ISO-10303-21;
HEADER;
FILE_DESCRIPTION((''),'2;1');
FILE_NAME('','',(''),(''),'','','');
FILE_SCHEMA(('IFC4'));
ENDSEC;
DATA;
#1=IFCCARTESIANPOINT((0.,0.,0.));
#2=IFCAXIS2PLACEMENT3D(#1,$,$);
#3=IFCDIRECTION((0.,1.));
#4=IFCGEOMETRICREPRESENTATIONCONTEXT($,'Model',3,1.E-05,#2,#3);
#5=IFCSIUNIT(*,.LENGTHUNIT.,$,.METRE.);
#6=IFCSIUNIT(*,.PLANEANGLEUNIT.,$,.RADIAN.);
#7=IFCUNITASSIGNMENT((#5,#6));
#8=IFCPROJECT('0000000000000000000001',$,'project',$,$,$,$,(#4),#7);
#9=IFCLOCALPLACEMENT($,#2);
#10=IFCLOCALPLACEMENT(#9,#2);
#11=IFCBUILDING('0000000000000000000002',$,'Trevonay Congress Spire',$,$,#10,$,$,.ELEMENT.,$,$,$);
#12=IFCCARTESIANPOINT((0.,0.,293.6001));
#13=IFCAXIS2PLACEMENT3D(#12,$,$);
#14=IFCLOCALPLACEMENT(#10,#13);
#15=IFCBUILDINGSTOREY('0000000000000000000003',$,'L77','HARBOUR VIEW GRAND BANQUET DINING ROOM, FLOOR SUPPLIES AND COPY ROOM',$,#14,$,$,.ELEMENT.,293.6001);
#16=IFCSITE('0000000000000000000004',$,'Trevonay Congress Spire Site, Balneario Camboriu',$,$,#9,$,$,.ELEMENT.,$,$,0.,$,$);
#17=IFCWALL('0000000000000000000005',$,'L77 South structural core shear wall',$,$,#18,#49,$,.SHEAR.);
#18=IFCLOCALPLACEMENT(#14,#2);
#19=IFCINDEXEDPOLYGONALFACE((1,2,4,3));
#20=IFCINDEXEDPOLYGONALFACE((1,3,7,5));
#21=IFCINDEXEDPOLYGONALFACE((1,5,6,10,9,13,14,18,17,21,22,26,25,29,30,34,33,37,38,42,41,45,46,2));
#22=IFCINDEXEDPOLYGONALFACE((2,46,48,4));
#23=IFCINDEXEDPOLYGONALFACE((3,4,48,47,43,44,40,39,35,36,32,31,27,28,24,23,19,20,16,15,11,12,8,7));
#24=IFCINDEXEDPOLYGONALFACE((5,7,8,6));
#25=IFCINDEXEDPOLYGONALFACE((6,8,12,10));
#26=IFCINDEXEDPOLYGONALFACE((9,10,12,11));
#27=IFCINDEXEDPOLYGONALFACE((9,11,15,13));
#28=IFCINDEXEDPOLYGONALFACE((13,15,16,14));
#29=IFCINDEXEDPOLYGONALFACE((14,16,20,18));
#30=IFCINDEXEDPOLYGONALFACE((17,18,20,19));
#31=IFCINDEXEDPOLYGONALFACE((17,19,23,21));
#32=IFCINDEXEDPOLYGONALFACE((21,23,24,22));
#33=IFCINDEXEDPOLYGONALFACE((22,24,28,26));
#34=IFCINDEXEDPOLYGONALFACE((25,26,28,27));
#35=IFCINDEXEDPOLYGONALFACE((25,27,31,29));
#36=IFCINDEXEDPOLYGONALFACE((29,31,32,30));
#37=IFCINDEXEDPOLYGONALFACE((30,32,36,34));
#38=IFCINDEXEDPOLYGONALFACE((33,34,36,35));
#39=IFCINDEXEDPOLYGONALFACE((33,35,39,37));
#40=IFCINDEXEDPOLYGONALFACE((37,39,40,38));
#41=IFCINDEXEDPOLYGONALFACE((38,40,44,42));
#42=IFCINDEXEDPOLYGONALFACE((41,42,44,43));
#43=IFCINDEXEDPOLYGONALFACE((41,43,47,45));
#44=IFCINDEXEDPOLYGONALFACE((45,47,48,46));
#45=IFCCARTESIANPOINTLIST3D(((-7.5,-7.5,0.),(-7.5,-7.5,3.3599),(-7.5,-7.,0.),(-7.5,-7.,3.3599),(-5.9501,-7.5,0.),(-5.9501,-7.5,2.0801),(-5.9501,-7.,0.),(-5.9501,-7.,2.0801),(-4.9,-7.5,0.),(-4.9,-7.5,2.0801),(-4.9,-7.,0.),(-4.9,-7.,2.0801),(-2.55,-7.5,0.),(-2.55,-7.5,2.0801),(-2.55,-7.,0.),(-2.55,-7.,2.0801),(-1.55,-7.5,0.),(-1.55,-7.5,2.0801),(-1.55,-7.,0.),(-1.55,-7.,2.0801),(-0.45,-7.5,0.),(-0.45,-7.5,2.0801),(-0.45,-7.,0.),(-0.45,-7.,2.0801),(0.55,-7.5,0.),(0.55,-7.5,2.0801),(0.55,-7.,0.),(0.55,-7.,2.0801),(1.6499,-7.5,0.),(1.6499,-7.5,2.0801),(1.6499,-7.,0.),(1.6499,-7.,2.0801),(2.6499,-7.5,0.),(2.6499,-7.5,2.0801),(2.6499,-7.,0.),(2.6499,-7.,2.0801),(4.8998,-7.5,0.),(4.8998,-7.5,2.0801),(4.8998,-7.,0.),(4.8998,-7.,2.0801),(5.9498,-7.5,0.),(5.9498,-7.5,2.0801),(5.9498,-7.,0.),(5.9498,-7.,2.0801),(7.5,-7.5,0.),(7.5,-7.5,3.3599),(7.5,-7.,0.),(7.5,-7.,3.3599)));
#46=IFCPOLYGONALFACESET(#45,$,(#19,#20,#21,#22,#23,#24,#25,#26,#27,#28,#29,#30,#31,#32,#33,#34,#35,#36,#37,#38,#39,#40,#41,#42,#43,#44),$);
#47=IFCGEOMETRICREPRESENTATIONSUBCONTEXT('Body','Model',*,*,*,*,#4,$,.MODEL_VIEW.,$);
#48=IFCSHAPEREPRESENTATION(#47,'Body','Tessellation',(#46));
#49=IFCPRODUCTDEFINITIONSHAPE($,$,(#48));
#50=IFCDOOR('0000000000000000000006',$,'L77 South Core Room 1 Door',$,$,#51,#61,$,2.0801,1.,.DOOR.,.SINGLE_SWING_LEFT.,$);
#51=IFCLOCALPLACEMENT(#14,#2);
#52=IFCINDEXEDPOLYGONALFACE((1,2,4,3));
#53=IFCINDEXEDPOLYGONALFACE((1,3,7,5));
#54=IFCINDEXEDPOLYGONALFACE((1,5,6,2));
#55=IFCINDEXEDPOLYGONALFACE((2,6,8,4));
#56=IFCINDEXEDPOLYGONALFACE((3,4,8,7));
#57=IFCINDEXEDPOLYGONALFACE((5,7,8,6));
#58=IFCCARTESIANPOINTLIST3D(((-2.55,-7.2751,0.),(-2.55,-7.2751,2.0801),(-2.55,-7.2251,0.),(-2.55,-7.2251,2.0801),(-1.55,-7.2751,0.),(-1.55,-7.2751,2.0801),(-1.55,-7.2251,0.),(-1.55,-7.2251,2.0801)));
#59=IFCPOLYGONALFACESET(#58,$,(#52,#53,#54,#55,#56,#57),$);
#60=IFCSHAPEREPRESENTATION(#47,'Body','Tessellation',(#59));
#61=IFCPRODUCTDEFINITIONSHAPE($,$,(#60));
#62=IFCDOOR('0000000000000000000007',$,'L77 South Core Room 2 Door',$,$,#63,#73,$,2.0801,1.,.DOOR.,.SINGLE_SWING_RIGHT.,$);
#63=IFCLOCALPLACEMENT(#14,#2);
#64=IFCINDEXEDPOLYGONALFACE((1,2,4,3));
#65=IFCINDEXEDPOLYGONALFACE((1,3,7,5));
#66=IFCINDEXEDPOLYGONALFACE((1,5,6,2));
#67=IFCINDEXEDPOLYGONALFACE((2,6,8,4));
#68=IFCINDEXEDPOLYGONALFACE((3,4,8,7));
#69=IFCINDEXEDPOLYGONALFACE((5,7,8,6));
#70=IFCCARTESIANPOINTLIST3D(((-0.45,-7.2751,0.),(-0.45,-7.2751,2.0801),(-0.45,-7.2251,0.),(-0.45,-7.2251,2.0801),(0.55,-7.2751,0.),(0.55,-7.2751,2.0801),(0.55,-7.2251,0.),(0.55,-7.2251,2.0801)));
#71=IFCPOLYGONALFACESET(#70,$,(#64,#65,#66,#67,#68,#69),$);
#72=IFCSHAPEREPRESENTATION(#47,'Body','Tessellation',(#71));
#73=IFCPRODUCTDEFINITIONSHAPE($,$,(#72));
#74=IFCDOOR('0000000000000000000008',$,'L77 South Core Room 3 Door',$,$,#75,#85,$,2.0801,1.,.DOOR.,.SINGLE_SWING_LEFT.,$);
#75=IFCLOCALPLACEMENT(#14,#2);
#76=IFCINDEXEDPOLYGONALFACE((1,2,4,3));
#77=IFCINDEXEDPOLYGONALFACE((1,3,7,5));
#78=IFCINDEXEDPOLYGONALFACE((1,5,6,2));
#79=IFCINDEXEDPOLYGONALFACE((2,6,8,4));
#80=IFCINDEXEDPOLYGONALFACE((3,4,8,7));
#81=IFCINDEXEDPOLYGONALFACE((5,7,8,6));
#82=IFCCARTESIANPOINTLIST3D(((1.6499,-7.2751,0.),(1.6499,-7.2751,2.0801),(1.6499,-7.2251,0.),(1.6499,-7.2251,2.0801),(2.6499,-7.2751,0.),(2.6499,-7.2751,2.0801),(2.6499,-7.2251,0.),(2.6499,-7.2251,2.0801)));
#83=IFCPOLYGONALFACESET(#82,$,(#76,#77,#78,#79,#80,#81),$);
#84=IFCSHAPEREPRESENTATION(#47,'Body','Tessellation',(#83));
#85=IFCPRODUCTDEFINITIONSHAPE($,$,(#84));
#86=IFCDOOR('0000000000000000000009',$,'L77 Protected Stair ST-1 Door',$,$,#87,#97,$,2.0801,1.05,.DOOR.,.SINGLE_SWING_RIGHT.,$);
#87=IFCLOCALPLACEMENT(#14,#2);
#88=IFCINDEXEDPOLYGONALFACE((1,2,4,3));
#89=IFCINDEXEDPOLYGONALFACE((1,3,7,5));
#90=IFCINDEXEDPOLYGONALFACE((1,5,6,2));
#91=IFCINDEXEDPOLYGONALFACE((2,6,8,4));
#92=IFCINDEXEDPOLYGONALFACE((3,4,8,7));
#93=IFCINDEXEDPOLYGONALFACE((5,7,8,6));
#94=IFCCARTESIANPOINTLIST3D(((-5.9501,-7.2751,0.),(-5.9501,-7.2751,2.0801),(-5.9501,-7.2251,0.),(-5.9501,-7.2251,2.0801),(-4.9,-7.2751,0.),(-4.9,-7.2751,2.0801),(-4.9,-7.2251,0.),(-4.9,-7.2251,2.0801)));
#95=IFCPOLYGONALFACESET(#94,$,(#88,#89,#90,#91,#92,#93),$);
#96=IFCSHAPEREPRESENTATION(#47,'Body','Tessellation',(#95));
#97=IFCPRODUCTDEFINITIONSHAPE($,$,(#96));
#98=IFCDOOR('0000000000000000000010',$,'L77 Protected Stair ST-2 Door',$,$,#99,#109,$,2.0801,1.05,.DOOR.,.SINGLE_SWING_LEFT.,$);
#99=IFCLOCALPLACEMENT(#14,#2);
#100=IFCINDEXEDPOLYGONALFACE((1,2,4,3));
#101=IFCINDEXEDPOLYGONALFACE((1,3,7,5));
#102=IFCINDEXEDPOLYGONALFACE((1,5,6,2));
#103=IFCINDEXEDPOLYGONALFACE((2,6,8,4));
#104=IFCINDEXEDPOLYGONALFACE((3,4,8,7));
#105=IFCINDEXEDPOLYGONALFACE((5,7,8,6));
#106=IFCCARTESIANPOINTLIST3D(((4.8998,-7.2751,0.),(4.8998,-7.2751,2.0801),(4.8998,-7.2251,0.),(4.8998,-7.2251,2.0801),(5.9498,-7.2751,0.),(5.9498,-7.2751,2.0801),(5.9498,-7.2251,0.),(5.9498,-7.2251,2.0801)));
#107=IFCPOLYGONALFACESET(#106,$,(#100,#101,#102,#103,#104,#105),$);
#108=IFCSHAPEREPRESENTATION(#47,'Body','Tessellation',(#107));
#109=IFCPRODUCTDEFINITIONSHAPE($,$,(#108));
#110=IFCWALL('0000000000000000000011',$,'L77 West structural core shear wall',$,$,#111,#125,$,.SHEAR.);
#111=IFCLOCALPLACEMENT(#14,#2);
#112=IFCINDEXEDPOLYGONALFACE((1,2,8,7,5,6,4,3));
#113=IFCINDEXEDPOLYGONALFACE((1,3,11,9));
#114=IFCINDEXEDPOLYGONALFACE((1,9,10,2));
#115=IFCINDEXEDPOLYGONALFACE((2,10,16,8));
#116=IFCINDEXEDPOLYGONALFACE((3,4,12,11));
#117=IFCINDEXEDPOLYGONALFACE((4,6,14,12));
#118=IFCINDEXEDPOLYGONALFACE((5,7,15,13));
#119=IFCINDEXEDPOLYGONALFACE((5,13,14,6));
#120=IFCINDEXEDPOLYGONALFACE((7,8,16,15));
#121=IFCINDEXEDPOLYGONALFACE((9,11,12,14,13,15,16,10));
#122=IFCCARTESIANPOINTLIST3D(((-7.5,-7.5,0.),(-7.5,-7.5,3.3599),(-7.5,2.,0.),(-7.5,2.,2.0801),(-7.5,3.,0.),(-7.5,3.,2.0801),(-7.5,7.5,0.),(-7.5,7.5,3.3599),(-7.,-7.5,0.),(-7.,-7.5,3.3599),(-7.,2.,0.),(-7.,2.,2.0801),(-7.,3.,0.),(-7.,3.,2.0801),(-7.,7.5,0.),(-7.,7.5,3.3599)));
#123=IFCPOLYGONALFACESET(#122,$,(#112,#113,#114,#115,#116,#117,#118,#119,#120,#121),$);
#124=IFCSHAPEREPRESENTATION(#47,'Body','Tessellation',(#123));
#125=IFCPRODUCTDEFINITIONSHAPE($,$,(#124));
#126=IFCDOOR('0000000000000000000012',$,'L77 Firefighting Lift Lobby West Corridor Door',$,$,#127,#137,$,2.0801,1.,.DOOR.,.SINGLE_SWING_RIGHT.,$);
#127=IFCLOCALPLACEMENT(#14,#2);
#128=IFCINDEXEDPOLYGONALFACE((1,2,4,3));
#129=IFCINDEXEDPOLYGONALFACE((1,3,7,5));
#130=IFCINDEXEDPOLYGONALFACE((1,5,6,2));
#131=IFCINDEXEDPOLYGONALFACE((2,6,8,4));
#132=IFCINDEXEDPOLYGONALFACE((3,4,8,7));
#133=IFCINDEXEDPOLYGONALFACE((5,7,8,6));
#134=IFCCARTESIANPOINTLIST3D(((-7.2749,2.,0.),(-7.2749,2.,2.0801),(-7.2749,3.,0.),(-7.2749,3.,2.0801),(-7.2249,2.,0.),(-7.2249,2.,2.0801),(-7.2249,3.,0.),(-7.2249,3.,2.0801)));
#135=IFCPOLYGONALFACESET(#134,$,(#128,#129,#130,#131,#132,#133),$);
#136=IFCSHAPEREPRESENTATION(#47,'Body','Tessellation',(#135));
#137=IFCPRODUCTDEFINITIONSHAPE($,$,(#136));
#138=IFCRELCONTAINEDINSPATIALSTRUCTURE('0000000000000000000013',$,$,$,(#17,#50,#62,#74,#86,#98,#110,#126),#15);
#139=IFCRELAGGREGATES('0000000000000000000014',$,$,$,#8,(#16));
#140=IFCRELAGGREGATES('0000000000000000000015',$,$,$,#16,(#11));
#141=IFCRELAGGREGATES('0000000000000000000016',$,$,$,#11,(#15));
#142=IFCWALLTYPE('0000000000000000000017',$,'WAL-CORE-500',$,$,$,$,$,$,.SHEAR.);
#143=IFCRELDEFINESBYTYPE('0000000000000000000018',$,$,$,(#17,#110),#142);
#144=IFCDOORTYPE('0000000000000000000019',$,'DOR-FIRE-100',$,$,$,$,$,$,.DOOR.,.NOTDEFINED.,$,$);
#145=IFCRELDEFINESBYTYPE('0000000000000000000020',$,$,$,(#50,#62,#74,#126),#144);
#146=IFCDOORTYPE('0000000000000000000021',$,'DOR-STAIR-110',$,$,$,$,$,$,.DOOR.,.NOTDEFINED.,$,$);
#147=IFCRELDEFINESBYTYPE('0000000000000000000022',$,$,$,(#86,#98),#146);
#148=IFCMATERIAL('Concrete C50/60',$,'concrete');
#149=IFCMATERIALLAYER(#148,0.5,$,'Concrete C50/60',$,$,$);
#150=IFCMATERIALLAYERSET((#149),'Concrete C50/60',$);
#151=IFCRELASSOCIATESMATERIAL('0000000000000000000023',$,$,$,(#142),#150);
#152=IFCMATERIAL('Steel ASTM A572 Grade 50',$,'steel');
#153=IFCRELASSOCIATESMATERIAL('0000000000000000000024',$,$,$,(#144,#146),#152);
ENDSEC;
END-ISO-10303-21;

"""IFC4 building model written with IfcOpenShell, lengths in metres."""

from ifc_helpers import new_model, si_unit, direction, frame, frame_2d, origin, place, context, subcontext, project, spatial, rectangle, extrude, material, layer, layer_set, type_object, element, fill, save


model = new_model("IFC4")

# Units and contexts
model_context = context("Model", 3, precision=1e-05, world=origin(), true_north=direction((0.0, 1.0)))
body_context = subcontext(model_context, "Body", "Model", "MODEL_VIEW")
ifc_project = project(units=[si_unit("LENGTHUNIT", "METRE"), si_unit("PLANEANGLEUNIT", "RADIAN")], contexts=[model_context])

# Site, building, storey
site_placement = place(None, origin())
site = spatial("IfcSite", under=ifc_project, at=site_placement, Name="Trevonay Congress Spire Site, Balneario Camboriu", CompositionType="ELEMENT", RefElevation=0.0)
building_placement = place(site_placement, origin())
building = spatial("IfcBuilding", under=site, at=building_placement, Name="Trevonay Congress Spire", CompositionType="ELEMENT")
storey_placement = place(building_placement, frame((0.0, 0.0, 293.6001)))
storey = spatial("IfcBuildingStorey", under=building, at=storey_placement, Name="L77", Description="HARBOUR VIEW GRAND BANQUET DINING ROOM, FLOOR SUPPLIES AND COPY ROOM", CompositionType="ELEMENT", Elevation=293.6001)

# Shared definitions
ifc_material_1 = material(Name="Steel ASTM A572 Grade 50", Category="steel")

# Wall, openings, doors
ifc_material_2 = material(Name="Concrete C50/60", Category="concrete")
ifc_layer_1 = layer(ifc_material_2, 0.5, Name="Concrete C50/60")
ifc_layer_set_1 = layer_set([ifc_layer_1], Name="Concrete C50/60")
wall_type_1 = type_object("IfcWallType", Name="WAL-CORE-500", PredefinedType="SHEAR", material=ifc_layer_set_1)
wall_1_placement = place(storey_placement, frame((-7.5, -7.25, 0.0), z_axis=(0.0, 0.0, 1.0), x_axis=(1.0, 0.0, 0.0)))
wall_1 = element("IfcWall", 1, at=wall_1_placement, inside=storey, type_object=wall_type_1, Name="L77 South structural core shear wall", PredefinedType="SHEAR", context=body_context, shape_type="SweptSolid", body=[
    extrude(rectangle(XDim=15.0, YDim=0.5, at=frame_2d((7.5, 0.0))), origin(), (0.0, 0.0, 1.0), 3.3599),
])
opening_1_placement = place(wall_1_placement, frame((1.55, 0.0, 0.0)))
opening_1 = element("IfcOpeningElement", 2, at=opening_1_placement, cuts=wall_1, PredefinedType="OPENING", context=body_context, shape_type="SweptSolid", body=[
    extrude(rectangle(XDim=1.05, YDim=2.0801, at=frame_2d((0.5249, 1.04))), frame((0.0, 0.26, 0.0), z_axis=(0.0, -1.0, 0.0), x_axis=(1.0, 0.0, 0.0)), (0.0, 0.0, 1.0), 0.52),
])
opening_2_placement = place(wall_1_placement, frame((12.3999, 0.0, 0.0)))
opening_2 = element("IfcOpeningElement", 3, at=opening_2_placement, cuts=wall_1, PredefinedType="OPENING", context=body_context, shape_type="SweptSolid", body=[
    extrude(rectangle(XDim=1.05, YDim=2.0801, at=frame_2d((0.5249, 1.04))), frame((0.0, 0.26, 0.0), z_axis=(0.0, -1.0, 0.0), x_axis=(1.0, 0.0, 0.0)), (0.0, 0.0, 1.0), 0.52),
])
opening_3_placement = place(wall_1_placement, frame((4.95, 0.0, 0.0)))
opening_3 = element("IfcOpeningElement", 4, at=opening_3_placement, cuts=wall_1, PredefinedType="OPENING", context=body_context, shape_type="SweptSolid", body=[
    extrude(rectangle(XDim=1.0, YDim=2.0801, at=frame_2d((0.5, 1.04))), frame((0.0, 0.26, 0.0), z_axis=(0.0, -1.0, 0.0), x_axis=(1.0, 0.0, 0.0)), (0.0, 0.0, 1.0), 0.52),
])
opening_4_placement = place(wall_1_placement, frame((7.05, 0.0, 0.0)))
opening_4 = element("IfcOpeningElement", 5, at=opening_4_placement, cuts=wall_1, PredefinedType="OPENING", context=body_context, shape_type="SweptSolid", body=[
    extrude(rectangle(XDim=1.0, YDim=2.0801, at=frame_2d((0.5, 1.04))), frame((0.0, 0.26, 0.0), z_axis=(0.0, -1.0, 0.0), x_axis=(1.0, 0.0, 0.0)), (0.0, 0.0, 1.0), 0.52),
])
opening_5_placement = place(wall_1_placement, frame((9.1499, 0.0, 0.0)))
opening_5 = element("IfcOpeningElement", 6, at=opening_5_placement, cuts=wall_1, PredefinedType="OPENING", context=body_context, shape_type="SweptSolid", body=[
    extrude(rectangle(XDim=1.0, YDim=2.0801, at=frame_2d((0.5, 1.04))), frame((0.0, 0.26, 0.0), z_axis=(0.0, -1.0, 0.0), x_axis=(1.0, 0.0, 0.0)), (0.0, 0.0, 1.0), 0.52),
])
door_type_1 = type_object("IfcDoorType", Name="DOR-FIRE-100", OperationType="NOTDEFINED", PredefinedType="DOOR", material=ifc_material_1)
door_1_placement = place(opening_3_placement, origin())
door_1 = element("IfcDoor", 7, at=door_1_placement, inside=storey, type_object=door_type_1, Name="L77 South Core Room 1 Door", OperationType="SINGLE_SWING_LEFT", OverallHeight=2.0801, OverallWidth=1.0, PredefinedType="DOOR", context=body_context, shape_type="SweptSolid", body=[
    extrude(rectangle(XDim=1.0, YDim=2.0801, at=frame_2d((0.5, 1.04))), frame((0.0, 0.0249, 0.0), z_axis=(0.0, -1.0, 0.0), x_axis=(1.0, 0.0, 0.0)), (0.0, 0.0, 1.0), 0.05),
])
fill(opening_3, door_1)
door_2_placement = place(opening_4_placement, origin())
door_2 = element("IfcDoor", 8, at=door_2_placement, inside=storey, type_object=door_type_1, Name="L77 South Core Room 2 Door", OperationType="SINGLE_SWING_RIGHT", OverallHeight=2.0801, OverallWidth=1.0, PredefinedType="DOOR", context=body_context, shape_type="SweptSolid", body=[
    extrude(rectangle(XDim=1.0, YDim=2.0801, at=frame_2d((0.5, 1.04))), frame((0.0, 0.0249, 0.0), z_axis=(0.0, -1.0, 0.0), x_axis=(1.0, 0.0, 0.0)), (0.0, 0.0, 1.0), 0.05),
])
fill(opening_4, door_2)
door_3_placement = place(opening_5_placement, origin())
door_3 = element("IfcDoor", 9, at=door_3_placement, inside=storey, type_object=door_type_1, Name="L77 South Core Room 3 Door", OperationType="SINGLE_SWING_LEFT", OverallHeight=2.0801, OverallWidth=1.0, PredefinedType="DOOR", context=body_context, shape_type="SweptSolid", body=[
    extrude(rectangle(XDim=1.0, YDim=2.0801, at=frame_2d((0.5, 1.04))), frame((0.0, 0.0249, 0.0), z_axis=(0.0, -1.0, 0.0), x_axis=(1.0, 0.0, 0.0)), (0.0, 0.0, 1.0), 0.05),
])
fill(opening_5, door_3)
door_type_2 = type_object("IfcDoorType", Name="DOR-STAIR-110", OperationType="NOTDEFINED", PredefinedType="DOOR", material=ifc_material_1)
door_4_placement = place(opening_1_placement, origin())
door_4 = element("IfcDoor", 10, at=door_4_placement, inside=storey, type_object=door_type_2, Name="L77 Protected Stair ST-1 Door", OperationType="SINGLE_SWING_RIGHT", OverallHeight=2.0801, OverallWidth=1.05, PredefinedType="DOOR", context=body_context, shape_type="SweptSolid", body=[
    extrude(rectangle(XDim=1.05, YDim=2.0801, at=frame_2d((0.5249, 1.04))), frame((0.0, 0.0249, 0.0), z_axis=(0.0, -1.0, 0.0), x_axis=(1.0, 0.0, 0.0)), (0.0, 0.0, 1.0), 0.05),
])
fill(opening_1, door_4)
door_5_placement = place(opening_2_placement, origin())
door_5 = element("IfcDoor", 11, at=door_5_placement, inside=storey, type_object=door_type_2, Name="L77 Protected Stair ST-2 Door", OperationType="SINGLE_SWING_LEFT", OverallHeight=2.0801, OverallWidth=1.05, PredefinedType="DOOR", context=body_context, shape_type="SweptSolid", body=[
    extrude(rectangle(XDim=1.05, YDim=2.0801, at=frame_2d((0.5249, 1.04))), frame((0.0, 0.0249, 0.0), z_axis=(0.0, -1.0, 0.0), x_axis=(1.0, 0.0, 0.0)), (0.0, 0.0, 1.0), 0.05),
])
fill(opening_2, door_5)

# Wall, opening, door
wall_2_placement = place(storey_placement, frame((-7.25, -7.5, 0.0), z_axis=(0.0, 0.0, 1.0), x_axis=(0.0, 1.0, 0.0)))
wall_2 = element("IfcWall", 12, at=wall_2_placement, inside=storey, type_object=wall_type_1, Name="L77 West structural core shear wall", PredefinedType="SHEAR", context=body_context, shape_type="SweptSolid", body=[
    extrude(rectangle(XDim=15.0, YDim=0.5, at=frame_2d((7.5, 0.0))), origin(), (0.0, 0.0, 1.0), 3.3599),
])
opening_6_placement = place(wall_2_placement, frame((9.5, 0.0, 0.0)))
opening_6 = element("IfcOpeningElement", 13, at=opening_6_placement, cuts=wall_2, PredefinedType="OPENING", context=body_context, shape_type="SweptSolid", body=[
    extrude(rectangle(XDim=1.0, YDim=2.0801, at=frame_2d((0.5, 1.04))), frame((0.0, 0.26, 0.0), z_axis=(0.0, -1.0, 0.0), x_axis=(1.0, 0.0, 0.0)), (0.0, 0.0, 1.0), 0.52),
])
door_6_placement = place(opening_6_placement, origin())
door_6 = element("IfcDoor", 14, at=door_6_placement, inside=storey, type_object=door_type_1, Name="L77 Firefighting Lift Lobby West Corridor Door", OperationType="SINGLE_SWING_RIGHT", OverallHeight=2.0801, OverallWidth=1.0, PredefinedType="DOOR", context=body_context, shape_type="SweptSolid", body=[
    extrude(rectangle(XDim=1.0, YDim=2.0801, at=frame_2d((0.5, 1.04))), frame((0.0, 0.0249, 0.0), z_axis=(0.0, -1.0, 0.0), x_axis=(1.0, 0.0, 0.0)), (0.0, 0.0, 1.0), 0.05),
])
fill(opening_6, door_6)

save(model, "model.ifc")
